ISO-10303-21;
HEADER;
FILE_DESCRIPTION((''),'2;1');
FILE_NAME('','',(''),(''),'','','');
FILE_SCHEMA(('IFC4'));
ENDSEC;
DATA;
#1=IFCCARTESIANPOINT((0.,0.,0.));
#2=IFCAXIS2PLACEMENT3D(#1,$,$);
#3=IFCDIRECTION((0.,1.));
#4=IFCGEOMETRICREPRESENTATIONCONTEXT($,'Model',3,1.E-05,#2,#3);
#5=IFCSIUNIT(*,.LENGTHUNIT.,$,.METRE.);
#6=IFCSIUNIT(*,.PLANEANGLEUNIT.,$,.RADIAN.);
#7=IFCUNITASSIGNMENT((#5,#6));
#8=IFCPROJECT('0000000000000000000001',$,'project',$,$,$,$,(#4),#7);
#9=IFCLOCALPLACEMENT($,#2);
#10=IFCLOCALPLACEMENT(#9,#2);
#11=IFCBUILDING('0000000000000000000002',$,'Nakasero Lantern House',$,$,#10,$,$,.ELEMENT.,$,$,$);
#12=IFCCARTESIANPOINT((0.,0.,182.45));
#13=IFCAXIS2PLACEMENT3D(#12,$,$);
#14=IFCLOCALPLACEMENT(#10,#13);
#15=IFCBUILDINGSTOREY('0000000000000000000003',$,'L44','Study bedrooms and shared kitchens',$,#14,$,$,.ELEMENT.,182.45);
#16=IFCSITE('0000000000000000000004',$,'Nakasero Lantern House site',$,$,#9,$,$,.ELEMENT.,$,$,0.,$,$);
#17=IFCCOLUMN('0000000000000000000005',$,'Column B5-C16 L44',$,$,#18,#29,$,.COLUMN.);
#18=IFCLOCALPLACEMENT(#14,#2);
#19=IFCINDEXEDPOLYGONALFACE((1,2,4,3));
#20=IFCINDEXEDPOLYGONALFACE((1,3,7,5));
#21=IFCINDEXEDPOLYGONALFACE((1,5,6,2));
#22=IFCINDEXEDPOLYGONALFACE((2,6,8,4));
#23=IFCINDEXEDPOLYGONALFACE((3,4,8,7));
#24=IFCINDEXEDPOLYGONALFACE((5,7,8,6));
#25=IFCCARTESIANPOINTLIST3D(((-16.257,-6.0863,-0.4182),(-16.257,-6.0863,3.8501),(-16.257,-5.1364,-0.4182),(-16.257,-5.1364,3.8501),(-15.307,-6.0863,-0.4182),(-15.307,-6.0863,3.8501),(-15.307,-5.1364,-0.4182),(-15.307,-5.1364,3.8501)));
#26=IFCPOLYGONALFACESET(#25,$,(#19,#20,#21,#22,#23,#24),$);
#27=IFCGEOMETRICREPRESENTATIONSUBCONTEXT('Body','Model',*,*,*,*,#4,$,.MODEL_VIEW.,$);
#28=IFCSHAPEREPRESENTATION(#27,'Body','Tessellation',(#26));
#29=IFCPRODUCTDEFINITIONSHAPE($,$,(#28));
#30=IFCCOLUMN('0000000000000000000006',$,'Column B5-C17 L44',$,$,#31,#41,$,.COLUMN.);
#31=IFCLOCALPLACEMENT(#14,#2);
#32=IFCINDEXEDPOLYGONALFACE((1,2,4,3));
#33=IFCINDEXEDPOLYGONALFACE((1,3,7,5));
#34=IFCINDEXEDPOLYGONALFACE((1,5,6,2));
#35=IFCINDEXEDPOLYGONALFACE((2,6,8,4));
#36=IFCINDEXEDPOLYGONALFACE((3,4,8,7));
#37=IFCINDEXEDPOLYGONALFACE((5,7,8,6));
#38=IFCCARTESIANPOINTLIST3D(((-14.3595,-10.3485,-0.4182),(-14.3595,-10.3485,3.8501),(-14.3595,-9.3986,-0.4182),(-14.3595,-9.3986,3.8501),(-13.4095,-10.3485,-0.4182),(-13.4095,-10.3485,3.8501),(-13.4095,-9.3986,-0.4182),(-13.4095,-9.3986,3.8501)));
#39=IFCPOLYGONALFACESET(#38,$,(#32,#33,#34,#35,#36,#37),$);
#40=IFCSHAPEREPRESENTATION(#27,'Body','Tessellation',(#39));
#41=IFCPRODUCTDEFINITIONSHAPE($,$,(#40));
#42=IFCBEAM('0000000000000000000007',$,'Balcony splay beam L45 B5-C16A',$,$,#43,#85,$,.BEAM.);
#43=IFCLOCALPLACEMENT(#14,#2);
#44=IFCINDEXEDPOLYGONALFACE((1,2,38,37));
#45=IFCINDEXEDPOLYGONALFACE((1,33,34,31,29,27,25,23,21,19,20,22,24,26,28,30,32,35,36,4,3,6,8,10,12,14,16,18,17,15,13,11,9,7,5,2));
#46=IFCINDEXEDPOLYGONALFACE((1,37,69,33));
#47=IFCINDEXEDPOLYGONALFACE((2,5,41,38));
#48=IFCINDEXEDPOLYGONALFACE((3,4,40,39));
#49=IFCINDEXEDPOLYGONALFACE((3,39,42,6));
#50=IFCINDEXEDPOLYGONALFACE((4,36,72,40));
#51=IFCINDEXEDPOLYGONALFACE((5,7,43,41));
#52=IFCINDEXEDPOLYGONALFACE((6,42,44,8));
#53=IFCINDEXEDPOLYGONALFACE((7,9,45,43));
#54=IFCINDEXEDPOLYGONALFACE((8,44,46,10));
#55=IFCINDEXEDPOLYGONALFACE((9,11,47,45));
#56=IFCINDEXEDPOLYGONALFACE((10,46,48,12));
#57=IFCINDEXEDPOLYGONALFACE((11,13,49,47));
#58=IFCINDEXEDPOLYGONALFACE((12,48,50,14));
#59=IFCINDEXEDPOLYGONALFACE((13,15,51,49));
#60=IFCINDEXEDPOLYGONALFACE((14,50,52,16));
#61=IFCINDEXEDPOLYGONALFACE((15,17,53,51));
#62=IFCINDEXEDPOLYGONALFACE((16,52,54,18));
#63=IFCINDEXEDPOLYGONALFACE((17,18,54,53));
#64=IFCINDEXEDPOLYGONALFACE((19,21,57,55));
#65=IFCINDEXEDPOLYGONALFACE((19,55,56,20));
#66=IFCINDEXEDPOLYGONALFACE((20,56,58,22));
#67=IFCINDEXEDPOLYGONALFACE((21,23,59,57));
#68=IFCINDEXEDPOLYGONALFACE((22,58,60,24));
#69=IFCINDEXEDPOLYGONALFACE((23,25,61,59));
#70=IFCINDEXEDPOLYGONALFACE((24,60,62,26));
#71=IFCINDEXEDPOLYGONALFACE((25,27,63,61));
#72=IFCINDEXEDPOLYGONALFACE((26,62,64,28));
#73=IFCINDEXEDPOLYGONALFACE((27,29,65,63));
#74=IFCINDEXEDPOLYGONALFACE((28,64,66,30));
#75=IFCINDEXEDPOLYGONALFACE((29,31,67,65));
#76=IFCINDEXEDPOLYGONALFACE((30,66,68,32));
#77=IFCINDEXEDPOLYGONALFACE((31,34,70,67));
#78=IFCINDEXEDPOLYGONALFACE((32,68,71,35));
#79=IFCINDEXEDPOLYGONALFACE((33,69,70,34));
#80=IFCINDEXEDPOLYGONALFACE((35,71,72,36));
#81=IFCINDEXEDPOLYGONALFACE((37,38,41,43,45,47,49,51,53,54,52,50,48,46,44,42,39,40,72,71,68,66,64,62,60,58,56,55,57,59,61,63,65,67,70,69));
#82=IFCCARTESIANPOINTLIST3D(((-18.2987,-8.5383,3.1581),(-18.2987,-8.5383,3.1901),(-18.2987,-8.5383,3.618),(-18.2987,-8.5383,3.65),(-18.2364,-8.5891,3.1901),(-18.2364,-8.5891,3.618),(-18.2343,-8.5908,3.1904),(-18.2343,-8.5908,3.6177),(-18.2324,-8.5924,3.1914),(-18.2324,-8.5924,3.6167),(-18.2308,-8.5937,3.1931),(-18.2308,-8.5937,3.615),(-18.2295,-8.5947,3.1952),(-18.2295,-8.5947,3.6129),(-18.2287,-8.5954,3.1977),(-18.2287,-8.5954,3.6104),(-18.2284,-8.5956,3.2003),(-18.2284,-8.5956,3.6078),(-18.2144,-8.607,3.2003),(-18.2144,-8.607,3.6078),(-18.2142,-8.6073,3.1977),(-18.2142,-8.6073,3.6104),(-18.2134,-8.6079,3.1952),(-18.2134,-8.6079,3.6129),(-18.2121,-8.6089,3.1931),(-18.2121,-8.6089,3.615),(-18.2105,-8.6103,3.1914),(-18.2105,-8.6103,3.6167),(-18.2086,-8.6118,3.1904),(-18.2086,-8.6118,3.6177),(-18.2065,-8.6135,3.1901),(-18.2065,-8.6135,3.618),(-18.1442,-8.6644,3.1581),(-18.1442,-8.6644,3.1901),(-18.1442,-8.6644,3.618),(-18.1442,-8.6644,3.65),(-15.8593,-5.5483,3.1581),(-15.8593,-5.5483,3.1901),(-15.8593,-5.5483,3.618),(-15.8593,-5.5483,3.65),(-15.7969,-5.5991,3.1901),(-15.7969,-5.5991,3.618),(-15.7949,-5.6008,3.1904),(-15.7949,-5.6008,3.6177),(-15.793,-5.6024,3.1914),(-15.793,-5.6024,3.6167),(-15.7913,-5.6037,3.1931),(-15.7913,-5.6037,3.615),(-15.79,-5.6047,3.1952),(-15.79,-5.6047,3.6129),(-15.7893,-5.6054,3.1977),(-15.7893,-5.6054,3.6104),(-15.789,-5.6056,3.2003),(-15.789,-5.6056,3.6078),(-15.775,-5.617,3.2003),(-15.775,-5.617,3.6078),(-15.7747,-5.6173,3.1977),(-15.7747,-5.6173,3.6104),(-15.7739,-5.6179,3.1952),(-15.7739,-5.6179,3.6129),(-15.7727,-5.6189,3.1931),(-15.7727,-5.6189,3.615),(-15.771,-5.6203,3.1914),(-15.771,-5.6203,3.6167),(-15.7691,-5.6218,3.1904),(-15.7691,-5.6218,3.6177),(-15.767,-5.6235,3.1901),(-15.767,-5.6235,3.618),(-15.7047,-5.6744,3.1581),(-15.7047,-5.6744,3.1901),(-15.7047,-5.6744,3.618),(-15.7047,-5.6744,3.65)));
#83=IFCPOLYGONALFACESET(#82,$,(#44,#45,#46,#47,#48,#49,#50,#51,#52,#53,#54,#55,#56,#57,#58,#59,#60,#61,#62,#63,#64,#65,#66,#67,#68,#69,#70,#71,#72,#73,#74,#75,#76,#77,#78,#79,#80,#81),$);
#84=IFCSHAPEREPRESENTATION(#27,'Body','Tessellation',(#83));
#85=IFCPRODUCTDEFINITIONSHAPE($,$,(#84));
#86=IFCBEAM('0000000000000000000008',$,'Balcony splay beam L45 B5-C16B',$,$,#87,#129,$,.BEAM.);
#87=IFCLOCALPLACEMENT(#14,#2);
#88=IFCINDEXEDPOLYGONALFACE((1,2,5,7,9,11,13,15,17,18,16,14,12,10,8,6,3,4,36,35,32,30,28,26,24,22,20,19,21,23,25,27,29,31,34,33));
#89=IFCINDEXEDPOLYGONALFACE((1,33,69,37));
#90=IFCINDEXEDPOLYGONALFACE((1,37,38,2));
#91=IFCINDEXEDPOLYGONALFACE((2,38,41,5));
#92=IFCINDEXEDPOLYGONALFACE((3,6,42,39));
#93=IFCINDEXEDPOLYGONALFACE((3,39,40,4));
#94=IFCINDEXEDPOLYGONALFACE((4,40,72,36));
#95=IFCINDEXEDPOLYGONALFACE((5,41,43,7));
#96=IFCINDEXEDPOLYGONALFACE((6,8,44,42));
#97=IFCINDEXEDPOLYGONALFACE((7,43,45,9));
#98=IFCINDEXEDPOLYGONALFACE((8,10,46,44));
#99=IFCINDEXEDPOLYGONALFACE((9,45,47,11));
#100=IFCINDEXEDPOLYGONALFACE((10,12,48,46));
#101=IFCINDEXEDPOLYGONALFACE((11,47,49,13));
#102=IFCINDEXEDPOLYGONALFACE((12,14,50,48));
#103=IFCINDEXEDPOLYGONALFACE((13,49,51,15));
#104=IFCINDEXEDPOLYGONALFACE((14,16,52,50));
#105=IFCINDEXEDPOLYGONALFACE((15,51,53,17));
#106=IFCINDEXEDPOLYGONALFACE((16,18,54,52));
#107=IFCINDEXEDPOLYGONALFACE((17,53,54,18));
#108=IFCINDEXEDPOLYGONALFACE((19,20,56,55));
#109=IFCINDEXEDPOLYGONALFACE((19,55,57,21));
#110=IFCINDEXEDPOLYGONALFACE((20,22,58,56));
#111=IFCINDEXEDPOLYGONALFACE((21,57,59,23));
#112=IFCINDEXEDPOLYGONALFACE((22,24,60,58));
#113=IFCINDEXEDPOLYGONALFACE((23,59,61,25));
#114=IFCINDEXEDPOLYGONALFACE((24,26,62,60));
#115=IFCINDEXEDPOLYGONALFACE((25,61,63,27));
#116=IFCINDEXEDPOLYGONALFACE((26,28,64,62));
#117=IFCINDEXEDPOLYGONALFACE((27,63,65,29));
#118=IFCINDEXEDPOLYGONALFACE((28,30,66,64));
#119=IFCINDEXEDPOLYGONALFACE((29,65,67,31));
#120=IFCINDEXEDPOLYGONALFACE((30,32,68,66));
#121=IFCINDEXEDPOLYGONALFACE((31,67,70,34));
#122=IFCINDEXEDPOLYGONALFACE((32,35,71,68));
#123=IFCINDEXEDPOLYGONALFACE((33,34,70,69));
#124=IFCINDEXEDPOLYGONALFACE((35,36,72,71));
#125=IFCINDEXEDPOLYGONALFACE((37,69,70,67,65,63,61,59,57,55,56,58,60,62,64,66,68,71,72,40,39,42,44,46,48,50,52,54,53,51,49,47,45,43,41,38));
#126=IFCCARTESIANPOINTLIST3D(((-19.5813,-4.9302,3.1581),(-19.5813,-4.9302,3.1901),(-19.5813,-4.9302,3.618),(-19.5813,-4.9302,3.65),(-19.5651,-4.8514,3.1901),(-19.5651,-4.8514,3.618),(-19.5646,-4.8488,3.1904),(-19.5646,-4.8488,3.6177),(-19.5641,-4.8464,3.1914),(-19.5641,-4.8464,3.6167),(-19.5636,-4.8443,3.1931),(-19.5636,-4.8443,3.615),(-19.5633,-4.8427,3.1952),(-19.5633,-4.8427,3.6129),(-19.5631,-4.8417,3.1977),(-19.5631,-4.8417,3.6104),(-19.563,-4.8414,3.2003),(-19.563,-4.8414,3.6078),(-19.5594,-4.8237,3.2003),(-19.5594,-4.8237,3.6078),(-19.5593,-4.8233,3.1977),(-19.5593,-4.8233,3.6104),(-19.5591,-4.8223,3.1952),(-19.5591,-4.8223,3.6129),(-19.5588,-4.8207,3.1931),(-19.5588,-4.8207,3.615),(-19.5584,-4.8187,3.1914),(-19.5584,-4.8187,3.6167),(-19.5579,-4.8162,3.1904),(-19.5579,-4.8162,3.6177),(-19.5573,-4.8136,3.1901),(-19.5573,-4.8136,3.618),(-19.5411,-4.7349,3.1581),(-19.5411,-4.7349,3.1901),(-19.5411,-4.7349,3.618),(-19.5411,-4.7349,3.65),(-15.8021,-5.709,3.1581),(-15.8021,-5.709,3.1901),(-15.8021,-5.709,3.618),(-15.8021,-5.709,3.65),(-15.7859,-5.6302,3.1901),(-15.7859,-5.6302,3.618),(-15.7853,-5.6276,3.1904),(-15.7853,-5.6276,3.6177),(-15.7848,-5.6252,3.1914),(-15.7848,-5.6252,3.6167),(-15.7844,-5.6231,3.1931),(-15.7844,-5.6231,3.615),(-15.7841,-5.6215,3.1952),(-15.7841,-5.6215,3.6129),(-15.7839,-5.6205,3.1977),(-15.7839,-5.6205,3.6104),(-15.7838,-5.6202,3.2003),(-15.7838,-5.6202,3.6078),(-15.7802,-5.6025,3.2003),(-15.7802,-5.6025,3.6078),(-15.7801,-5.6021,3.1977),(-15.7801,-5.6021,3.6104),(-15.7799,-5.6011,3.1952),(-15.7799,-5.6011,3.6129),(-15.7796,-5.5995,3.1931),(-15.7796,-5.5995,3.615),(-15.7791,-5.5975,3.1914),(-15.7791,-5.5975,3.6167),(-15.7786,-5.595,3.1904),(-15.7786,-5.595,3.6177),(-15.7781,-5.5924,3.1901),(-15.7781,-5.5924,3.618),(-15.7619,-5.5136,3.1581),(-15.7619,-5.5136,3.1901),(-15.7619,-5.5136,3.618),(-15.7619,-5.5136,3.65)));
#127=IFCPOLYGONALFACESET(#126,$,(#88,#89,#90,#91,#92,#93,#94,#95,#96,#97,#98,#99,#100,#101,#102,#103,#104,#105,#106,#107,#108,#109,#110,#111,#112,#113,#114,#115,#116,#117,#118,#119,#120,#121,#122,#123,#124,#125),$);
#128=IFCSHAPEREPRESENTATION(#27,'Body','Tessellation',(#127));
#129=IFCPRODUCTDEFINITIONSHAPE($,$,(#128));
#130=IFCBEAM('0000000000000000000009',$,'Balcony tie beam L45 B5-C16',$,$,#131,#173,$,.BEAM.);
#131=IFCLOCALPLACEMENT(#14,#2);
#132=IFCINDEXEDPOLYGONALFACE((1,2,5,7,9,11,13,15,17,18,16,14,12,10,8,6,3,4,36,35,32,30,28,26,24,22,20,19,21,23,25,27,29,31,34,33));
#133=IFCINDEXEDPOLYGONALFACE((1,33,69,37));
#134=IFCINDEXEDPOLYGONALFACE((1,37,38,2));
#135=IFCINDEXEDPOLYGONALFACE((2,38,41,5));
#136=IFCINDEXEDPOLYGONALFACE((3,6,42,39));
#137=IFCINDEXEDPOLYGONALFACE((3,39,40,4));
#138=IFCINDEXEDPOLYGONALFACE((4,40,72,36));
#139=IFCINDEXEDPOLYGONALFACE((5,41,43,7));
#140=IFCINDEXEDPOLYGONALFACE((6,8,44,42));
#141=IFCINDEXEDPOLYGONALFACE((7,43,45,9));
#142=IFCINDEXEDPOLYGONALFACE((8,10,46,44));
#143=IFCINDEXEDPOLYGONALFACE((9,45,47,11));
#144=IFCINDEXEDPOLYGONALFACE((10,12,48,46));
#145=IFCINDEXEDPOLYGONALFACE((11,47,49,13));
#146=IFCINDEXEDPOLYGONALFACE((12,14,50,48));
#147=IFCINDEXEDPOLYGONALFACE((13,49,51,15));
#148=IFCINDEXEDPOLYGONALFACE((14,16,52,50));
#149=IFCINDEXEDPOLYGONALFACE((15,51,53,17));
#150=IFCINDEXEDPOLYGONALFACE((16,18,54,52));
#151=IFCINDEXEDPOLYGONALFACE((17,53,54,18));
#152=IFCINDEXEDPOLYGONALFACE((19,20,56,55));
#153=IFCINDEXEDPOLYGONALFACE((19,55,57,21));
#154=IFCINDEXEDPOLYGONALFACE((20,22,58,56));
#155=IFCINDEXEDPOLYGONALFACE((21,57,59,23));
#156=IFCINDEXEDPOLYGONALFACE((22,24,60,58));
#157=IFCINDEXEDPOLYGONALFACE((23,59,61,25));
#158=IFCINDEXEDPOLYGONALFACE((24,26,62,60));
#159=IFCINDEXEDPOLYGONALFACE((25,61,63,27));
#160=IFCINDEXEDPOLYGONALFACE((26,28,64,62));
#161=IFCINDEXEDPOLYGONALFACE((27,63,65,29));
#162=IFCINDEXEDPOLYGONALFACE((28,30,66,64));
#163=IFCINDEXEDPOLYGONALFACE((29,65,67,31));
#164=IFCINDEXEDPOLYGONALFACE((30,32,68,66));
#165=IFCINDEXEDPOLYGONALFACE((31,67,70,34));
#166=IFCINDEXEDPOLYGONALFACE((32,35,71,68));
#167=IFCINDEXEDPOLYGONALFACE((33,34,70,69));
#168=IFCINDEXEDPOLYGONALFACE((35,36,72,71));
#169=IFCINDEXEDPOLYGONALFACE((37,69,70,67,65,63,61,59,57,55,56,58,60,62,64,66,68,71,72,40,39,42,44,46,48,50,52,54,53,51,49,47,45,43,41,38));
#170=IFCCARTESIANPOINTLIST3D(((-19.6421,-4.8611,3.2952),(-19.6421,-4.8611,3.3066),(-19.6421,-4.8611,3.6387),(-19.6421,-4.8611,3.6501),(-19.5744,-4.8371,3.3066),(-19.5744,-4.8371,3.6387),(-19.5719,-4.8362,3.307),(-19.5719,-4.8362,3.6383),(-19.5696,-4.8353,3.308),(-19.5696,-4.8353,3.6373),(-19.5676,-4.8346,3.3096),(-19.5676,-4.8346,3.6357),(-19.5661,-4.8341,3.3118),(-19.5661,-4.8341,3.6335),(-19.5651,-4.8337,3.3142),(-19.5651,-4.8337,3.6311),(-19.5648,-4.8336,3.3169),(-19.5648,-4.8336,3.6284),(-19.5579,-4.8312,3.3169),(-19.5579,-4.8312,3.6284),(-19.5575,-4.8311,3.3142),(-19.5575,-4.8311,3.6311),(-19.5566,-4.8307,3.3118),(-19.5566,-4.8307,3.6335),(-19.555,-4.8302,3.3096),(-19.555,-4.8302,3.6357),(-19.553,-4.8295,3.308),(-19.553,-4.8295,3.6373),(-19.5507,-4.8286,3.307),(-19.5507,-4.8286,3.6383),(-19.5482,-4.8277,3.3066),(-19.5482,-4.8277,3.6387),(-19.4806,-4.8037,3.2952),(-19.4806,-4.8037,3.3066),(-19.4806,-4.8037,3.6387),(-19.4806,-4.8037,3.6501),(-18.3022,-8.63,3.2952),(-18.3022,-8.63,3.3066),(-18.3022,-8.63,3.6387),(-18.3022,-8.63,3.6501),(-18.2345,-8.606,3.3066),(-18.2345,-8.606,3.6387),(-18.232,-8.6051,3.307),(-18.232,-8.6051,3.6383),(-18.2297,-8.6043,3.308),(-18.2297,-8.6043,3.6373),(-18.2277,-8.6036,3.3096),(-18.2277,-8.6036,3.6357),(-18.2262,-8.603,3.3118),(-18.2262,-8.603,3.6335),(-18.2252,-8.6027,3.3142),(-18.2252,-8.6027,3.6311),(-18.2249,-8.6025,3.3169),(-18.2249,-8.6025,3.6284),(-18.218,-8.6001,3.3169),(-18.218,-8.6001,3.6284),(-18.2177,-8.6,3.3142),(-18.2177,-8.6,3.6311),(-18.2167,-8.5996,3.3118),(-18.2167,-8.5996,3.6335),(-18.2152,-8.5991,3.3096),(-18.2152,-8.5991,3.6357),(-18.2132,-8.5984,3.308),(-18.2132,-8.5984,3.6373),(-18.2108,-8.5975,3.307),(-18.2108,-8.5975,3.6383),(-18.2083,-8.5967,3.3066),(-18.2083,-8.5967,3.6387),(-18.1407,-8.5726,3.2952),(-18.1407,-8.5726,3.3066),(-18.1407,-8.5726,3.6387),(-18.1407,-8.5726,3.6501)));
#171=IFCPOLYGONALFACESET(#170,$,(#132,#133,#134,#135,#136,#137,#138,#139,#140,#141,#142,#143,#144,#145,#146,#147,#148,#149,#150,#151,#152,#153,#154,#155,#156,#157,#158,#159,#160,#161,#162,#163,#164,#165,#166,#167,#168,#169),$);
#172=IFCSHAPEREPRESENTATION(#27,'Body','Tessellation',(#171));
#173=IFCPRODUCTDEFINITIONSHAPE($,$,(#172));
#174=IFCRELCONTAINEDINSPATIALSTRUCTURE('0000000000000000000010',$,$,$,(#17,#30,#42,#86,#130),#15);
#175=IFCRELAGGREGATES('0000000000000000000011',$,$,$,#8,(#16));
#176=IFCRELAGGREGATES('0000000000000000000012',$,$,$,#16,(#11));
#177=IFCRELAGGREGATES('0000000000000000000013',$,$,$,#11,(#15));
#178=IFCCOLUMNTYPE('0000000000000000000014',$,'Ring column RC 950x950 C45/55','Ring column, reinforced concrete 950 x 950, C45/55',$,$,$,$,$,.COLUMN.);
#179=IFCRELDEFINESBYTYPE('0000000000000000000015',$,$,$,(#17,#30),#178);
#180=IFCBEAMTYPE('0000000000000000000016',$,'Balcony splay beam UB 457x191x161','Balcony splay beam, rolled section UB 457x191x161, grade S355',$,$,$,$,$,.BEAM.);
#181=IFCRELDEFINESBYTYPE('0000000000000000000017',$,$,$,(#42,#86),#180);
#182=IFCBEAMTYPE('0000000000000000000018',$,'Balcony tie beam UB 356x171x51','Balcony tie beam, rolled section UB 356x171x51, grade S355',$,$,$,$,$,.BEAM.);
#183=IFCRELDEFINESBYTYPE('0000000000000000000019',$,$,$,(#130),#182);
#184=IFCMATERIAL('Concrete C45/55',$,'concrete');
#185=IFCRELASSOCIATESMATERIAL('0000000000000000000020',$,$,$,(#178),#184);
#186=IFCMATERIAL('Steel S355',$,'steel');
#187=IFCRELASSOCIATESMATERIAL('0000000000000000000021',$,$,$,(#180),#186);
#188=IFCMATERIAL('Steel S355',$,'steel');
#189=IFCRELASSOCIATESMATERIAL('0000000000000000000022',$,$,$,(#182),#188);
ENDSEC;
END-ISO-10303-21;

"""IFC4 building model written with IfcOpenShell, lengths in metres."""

from ifc_helpers import new_model, si_unit, direction, frame, origin, origin_2d, place, context, subcontext, project, spatial, rectangle, i_section, extrude, material, material_profile, profile_set, type_object, element, save


model = new_model("IFC4")

# Units and contexts
model_context = context("Model", 3, precision=1e-05, world=origin(), true_north=direction((0.0, 1.0)))
body_context = subcontext(model_context, "Body", "Model", "MODEL_VIEW")
ifc_project = project(units=[si_unit("LENGTHUNIT", "METRE"), si_unit("PLANEANGLEUNIT", "RADIAN")], contexts=[model_context])

# Site, building, storey
site_placement = place(None, origin())
site = spatial("IfcSite", under=ifc_project, at=site_placement, Name="Nakasero Lantern House site", CompositionType="ELEMENT", RefElevation=0.0)
building_placement = place(site_placement, origin())
building = spatial("IfcBuilding", under=site, at=building_placement, Name="Nakasero Lantern House", CompositionType="ELEMENT")
storey_placement = place(building_placement, frame((0.0, 0.0, 182.45)))
storey = spatial("IfcBuildingStorey", under=building, at=storey_placement, Name="L44", Description="Study bedrooms and shared kitchens", CompositionType="ELEMENT", Elevation=182.45)

# Columns
ifc_material_1 = material(Name="Concrete C45/55", Category="concrete")
ifc_material_profile_1 = material_profile(ifc_material_1, rectangle(XDim=0.95, YDim=0.95, at=origin_2d()), Name="RC 950x950")
ifc_profile_set_1 = profile_set([ifc_material_profile_1], Name="Concrete C45/55")
column_type = type_object("IfcColumnType", Name="Ring column RC 950x950 C45/55", Description="Ring column, reinforced concrete 950 x 950, C45/55", PredefinedType="COLUMN", material=ifc_profile_set_1)
for number, where, z_axis, x_axis, name in (
    (1, (-15.782, -5.6113, -0.4182), (0.0, 0.0, 1.0), (1.0, 0.0, 0.0), "Column B5-C16 L44"),
    (2, (-13.8845, -9.8735, -0.4182), (0.0, 0.0, 1.0), (1.0, 0.0, 0.0), "Column B5-C17 L44"),
):
    element("IfcColumn", number, at=place(storey_placement, frame(where, z_axis=z_axis, x_axis=x_axis)), inside=storey, type_object=column_type, Name=name, PredefinedType="COLUMN", context=body_context, shape_type="SweptSolid", body=[
        extrude(rectangle(XDim=0.95, YDim=0.95, at=origin_2d()), origin(), (0.0, 0.0, 1.0), 4.2683),
    ])

# Beams
ifc_material_2 = material(Name="Steel S355", Category="steel")
ifc_material_profile_2 = material_profile(ifc_material_2, i_section(OverallWidth=0.1995, OverallDepth=0.4919, WebThickness=0.0181, FlangeThickness=0.032, FilletRadius=0.0103, at=origin_2d()), Name="UB 457x191x161")
ifc_profile_set_2 = profile_set([ifc_material_profile_2], Name="Steel S355")
beam_type_1 = type_object("IfcBeamType", Name="Balcony splay beam UB 457x191x161", Description="Balcony splay beam, rolled section UB 457x191x161, grade S355", PredefinedType="BEAM", material=ifc_profile_set_2)
beam_1_placement = place(storey_placement, frame((-15.782, -5.6113, 3.4041), z_axis=(-0.632166, -0.774833, 0.0), x_axis=(0.774833, -0.632166, 0.0)))
element("IfcBeam", 3, at=beam_1_placement, inside=storey, type_object=beam_type_1, Name="Balcony splay beam L45 B5-C16A", PredefinedType="BEAM", context=body_context, shape_type="SweptSolid", body=[
    extrude(i_section(OverallWidth=0.1995, OverallDepth=0.4919, WebThickness=0.0181, FlangeThickness=0.032, FilletRadius=0.0103, at=origin_2d()), origin(), (0.0, 0.0, 1.0), 3.8589),
])
beam_2_placement = place(storey_placement, frame((-15.782, -5.6113, 3.4041), z_axis=(-0.97942, 0.201831, 0.0), x_axis=(-0.201831, -0.97942, 0.0)))
element("IfcBeam", 4, at=beam_2_placement, inside=storey, type_object=beam_type_1, Name="Balcony splay beam L45 B5-C16B", PredefinedType="BEAM", context=body_context, shape_type="SweptSolid", body=[
    extrude(i_section(OverallWidth=0.1995, OverallDepth=0.4919, WebThickness=0.0181, FlangeThickness=0.032, FilletRadius=0.0103, at=origin_2d()), origin(), (0.0, 0.0, 1.0), 3.8586),
])
ifc_material_3 = material(Name="Steel S355", Category="steel")
ifc_material_profile_3 = material_profile(ifc_material_3, i_section(OverallWidth=0.1714, OverallDepth=0.355, WebThickness=0.0073, FlangeThickness=0.0115, FilletRadius=0.0103, at=origin_2d()), Name="UB 356x171x51")
ifc_profile_set_3 = profile_set([ifc_material_profile_3], Name="Steel S355")
beam_type_2 = type_object("IfcBeamType", Name="Balcony tie beam UB 356x171x51", Description="Balcony tie beam, rolled section UB 356x171x51, grade S355", PredefinedType="BEAM", material=ifc_profile_set_3)
beam_3_placement = place(storey_placement, frame((-18.2214, -8.6013, 3.4727), z_axis=(-0.334971, 0.942228, 0.0), x_axis=(-0.942228, -0.334971, 0.0)))
element("IfcBeam", 5, at=beam_3_placement, inside=storey, type_object=beam_type_2, Name="Balcony tie beam L45 B5-C16", PredefinedType="BEAM", context=body_context, shape_type="SweptSolid", body=[
    extrude(i_section(OverallWidth=0.1714, OverallDepth=0.355, WebThickness=0.0073, FlangeThickness=0.0115, FilletRadius=0.0103, at=origin_2d()), origin(), (0.0, 0.0, 1.0), 4.0),
])

save(model, "model.ifc")
